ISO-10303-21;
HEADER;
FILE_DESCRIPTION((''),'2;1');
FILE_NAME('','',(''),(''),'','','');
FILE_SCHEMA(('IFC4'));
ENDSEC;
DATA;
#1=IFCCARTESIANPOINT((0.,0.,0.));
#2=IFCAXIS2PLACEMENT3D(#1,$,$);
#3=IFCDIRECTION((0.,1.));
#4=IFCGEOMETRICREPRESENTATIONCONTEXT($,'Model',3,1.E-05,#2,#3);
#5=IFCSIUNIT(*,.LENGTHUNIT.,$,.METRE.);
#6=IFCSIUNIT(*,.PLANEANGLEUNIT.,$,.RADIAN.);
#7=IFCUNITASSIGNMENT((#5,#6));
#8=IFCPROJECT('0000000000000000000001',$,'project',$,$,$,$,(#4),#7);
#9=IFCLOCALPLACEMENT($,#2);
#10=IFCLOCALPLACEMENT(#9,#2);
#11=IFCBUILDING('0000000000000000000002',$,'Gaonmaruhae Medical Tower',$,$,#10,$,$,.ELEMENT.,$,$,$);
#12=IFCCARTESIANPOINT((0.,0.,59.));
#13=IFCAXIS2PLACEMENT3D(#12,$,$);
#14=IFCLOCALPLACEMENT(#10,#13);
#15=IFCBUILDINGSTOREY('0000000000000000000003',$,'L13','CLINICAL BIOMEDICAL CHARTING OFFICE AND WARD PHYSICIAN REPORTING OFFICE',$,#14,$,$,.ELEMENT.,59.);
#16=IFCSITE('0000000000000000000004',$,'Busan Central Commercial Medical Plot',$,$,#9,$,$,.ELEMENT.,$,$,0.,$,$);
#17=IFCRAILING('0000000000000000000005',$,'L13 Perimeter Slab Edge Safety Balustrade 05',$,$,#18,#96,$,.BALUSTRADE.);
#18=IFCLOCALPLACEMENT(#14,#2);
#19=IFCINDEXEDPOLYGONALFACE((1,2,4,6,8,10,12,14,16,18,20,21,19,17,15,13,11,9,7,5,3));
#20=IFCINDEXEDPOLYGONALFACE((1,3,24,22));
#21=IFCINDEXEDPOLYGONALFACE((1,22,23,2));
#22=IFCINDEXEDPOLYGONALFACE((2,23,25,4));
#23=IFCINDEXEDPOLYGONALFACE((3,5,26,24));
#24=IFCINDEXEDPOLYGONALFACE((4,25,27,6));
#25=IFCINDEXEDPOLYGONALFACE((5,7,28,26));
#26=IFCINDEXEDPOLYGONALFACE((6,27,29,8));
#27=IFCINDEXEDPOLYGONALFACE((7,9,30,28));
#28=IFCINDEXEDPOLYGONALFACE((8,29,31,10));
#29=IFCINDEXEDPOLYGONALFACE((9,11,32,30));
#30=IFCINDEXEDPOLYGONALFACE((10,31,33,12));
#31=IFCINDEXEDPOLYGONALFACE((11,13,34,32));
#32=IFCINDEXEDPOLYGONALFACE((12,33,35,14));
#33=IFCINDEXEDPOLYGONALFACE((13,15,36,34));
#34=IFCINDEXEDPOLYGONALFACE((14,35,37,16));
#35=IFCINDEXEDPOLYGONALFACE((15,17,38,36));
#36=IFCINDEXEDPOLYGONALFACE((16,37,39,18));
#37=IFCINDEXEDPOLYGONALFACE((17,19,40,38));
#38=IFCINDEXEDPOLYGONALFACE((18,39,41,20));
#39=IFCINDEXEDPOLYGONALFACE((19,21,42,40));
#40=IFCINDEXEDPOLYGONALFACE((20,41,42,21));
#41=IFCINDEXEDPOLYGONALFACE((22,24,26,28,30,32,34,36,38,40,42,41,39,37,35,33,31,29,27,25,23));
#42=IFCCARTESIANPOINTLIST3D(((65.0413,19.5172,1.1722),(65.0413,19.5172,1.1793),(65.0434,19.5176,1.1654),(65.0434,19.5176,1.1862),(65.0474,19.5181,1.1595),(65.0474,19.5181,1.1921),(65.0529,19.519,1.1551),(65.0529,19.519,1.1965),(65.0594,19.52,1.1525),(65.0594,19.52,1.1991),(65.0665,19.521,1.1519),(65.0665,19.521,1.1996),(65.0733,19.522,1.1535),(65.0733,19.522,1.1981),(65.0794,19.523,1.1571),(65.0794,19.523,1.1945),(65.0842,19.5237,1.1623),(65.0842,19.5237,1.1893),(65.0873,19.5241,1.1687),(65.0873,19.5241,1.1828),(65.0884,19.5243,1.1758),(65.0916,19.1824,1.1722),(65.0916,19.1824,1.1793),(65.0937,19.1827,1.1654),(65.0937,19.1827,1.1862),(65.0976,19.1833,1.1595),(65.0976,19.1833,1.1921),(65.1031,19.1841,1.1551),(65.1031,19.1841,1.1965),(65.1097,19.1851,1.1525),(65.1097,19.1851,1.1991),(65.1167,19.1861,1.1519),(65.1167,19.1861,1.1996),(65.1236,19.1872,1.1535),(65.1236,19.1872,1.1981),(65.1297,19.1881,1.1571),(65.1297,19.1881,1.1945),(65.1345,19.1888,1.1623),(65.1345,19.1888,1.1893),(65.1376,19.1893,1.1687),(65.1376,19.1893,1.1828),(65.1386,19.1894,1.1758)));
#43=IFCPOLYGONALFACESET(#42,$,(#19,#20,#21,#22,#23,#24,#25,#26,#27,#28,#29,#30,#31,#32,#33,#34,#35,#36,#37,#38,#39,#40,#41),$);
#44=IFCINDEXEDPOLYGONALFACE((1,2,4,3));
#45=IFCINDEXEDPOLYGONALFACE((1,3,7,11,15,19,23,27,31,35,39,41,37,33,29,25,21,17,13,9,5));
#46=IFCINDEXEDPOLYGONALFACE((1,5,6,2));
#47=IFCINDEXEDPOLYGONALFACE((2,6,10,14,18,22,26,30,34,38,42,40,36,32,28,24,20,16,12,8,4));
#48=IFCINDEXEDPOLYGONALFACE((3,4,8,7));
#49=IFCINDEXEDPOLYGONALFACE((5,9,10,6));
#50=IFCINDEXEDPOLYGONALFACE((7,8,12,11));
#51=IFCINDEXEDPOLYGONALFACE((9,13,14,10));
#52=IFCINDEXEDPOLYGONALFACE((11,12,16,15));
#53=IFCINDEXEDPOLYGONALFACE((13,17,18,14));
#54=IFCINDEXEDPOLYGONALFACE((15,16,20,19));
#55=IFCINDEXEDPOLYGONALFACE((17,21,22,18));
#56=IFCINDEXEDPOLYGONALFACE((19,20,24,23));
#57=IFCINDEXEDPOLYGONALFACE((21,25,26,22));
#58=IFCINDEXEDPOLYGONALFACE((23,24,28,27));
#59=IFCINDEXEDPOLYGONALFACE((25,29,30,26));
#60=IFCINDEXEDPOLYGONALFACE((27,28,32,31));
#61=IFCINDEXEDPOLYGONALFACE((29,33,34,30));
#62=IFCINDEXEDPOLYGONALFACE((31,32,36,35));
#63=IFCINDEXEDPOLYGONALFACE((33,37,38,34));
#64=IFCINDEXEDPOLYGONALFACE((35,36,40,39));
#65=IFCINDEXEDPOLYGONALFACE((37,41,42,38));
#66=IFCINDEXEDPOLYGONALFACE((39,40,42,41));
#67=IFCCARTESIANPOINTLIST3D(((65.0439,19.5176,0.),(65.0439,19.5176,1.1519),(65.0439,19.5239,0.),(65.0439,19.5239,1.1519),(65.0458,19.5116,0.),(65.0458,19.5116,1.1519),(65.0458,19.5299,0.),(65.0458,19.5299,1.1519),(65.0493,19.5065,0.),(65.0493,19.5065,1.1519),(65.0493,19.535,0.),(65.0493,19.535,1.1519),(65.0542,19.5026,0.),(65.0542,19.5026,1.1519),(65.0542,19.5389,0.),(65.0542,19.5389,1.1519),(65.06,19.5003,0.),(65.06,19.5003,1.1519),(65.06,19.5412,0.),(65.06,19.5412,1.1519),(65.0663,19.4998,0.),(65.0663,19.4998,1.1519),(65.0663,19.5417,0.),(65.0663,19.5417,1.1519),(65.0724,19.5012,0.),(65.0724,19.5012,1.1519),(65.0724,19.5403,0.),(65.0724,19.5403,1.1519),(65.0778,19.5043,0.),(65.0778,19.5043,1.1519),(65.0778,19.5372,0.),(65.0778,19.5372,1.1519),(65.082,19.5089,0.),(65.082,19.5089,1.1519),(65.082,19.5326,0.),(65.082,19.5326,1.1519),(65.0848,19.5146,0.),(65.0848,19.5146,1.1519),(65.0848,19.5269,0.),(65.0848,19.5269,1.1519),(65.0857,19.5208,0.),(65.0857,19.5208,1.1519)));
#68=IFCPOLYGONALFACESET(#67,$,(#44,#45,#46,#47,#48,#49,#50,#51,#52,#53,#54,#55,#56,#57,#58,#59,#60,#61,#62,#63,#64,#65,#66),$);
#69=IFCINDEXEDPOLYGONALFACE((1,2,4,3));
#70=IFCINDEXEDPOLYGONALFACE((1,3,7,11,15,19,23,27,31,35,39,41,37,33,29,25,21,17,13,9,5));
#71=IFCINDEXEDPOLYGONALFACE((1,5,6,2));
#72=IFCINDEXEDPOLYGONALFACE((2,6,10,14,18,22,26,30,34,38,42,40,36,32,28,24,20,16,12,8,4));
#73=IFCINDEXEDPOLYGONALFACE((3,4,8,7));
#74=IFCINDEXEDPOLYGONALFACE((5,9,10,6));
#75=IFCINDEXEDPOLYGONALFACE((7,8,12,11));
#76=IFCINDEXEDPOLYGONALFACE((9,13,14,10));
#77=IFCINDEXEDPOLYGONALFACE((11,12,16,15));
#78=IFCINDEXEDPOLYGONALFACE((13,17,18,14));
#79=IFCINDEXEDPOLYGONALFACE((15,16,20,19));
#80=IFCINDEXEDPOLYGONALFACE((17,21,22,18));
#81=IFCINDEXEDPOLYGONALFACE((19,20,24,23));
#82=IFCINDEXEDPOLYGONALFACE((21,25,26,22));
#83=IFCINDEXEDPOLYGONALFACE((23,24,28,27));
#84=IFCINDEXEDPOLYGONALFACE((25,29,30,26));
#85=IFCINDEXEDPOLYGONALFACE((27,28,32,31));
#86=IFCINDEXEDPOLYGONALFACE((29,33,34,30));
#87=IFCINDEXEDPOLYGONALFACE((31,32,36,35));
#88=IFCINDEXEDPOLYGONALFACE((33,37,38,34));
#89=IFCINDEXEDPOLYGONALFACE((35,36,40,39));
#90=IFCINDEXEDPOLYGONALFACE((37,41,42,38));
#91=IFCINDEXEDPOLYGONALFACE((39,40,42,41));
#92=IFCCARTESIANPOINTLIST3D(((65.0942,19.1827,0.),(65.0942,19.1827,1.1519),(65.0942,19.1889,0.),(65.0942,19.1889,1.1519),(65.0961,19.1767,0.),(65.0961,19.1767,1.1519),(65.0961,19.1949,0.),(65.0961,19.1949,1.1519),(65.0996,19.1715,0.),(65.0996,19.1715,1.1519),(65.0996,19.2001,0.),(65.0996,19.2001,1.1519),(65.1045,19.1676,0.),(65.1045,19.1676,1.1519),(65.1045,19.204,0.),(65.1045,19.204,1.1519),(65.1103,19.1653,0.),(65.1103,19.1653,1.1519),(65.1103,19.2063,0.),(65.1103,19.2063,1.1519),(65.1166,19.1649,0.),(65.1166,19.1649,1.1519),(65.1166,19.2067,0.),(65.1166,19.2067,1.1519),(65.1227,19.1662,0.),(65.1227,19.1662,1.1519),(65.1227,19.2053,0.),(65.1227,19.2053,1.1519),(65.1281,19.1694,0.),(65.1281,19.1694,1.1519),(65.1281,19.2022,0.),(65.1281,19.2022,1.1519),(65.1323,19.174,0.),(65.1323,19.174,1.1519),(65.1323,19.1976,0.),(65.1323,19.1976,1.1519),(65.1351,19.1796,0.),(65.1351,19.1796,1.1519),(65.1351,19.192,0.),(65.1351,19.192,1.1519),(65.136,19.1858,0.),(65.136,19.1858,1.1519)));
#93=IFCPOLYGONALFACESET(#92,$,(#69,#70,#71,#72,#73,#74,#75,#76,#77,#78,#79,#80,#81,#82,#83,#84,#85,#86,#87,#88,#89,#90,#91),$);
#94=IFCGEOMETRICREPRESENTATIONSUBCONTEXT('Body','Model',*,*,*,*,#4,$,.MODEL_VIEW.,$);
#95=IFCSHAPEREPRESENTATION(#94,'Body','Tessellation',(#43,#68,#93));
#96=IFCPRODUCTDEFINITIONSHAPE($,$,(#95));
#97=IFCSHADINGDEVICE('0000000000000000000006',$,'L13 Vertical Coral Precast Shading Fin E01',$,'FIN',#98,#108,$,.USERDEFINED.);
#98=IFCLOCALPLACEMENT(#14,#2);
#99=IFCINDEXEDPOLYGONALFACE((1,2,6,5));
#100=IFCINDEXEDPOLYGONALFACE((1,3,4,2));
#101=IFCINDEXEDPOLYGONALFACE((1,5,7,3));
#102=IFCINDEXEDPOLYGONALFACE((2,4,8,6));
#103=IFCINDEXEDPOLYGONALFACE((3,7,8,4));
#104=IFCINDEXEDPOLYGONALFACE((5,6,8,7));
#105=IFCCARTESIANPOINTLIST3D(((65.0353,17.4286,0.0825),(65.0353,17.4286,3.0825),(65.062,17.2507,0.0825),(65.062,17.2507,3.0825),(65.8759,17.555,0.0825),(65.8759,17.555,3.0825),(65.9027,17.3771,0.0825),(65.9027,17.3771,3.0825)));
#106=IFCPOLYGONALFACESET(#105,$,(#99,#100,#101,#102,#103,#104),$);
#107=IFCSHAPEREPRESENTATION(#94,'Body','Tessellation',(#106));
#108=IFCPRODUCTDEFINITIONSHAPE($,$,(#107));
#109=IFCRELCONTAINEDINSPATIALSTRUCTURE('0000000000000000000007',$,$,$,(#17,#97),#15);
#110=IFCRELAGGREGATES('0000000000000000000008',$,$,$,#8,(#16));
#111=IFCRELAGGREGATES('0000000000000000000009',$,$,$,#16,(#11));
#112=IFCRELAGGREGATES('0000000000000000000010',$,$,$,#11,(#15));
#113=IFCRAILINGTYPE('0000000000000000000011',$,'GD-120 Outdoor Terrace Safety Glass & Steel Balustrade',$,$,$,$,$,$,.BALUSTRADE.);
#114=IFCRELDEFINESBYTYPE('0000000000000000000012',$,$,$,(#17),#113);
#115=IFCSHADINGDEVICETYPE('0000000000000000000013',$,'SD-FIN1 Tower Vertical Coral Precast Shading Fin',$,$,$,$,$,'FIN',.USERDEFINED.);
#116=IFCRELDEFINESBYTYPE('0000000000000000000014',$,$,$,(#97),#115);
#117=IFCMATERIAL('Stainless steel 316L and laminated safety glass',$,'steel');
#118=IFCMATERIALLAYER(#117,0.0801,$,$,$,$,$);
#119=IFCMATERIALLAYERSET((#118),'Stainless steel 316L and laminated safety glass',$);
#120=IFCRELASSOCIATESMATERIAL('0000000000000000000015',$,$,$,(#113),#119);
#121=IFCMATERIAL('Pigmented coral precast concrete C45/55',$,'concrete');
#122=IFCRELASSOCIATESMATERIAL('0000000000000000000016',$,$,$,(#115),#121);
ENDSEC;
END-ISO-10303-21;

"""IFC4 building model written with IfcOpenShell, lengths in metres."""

from ifc_helpers import new_model, si_unit, direction, frame, origin, origin_2d, place, context, subcontext, project, spatial, rectangle, circle, extrude, material, layer, layer_set, type_object, element, save


model = new_model("IFC4")

# Units and contexts
model_context = context("Model", 3, precision=1e-05, world=origin(), true_north=direction((0.0, 1.0)))
body_context = subcontext(model_context, "Body", "Model", "MODEL_VIEW")
ifc_project = project(units=[si_unit("LENGTHUNIT", "METRE"), si_unit("PLANEANGLEUNIT", "RADIAN")], contexts=[model_context])

# Site, building, storey
site_placement = place(None, origin())
site = spatial("IfcSite", under=ifc_project, at=site_placement, Name="Busan Central Commercial Medical Plot", CompositionType="ELEMENT", RefElevation=0.0)
building_placement = place(site_placement, origin())
building = spatial("IfcBuilding", under=site, at=building_placement, Name="Gaonmaruhae Medical Tower", CompositionType="ELEMENT")
storey_placement = place(building_placement, frame((0.0, 0.0, 59.0)))
storey = spatial("IfcBuildingStorey", under=building, at=storey_placement, Name="L13", Description="CLINICAL BIOMEDICAL CHARTING OFFICE AND WARD PHYSICIAN REPORTING OFFICE", CompositionType="ELEMENT", Elevation=59.0)

# Railing
ifc_material_1 = material(Name="Stainless steel 316L and laminated safety glass", Category="steel")
ifc_layer_1 = layer(ifc_material_1, 0.0801)
ifc_layer_set_1 = layer_set([ifc_layer_1], Name="Stainless steel 316L and laminated safety glass")
railing_type = type_object("IfcRailingType", Name="GD-120 Outdoor Terrace Safety Glass & Steel Balustrade", PredefinedType="BALUSTRADE", material=ifc_layer_set_1)
railing_1_placement = place(storey_placement, frame((65.0647, 19.5208, 0.0)))
element("IfcRailing", 1, at=railing_1_placement, inside=storey, type_object=railing_type, Name="L13 Perimeter Slab Edge Safety Balustrade 05", PredefinedType="BALUSTRADE", context=body_context, shape_type="SweptSolid", body=[
    extrude(circle(Radius=0.0239, at=origin_2d()), frame((0.0, 0.0, 1.1758), z_axis=(0.148481, -0.988915, 0.0), x_axis=(0.988915, 0.148481, 0.0)), (0.0, 0.0, 1.0), 0.3386),
    extrude(circle(Radius=0.021, at=origin_2d()), origin(), (0.0, 0.0, 1.0), 1.1519),
    extrude(circle(Radius=0.021, at=origin_2d()), frame((0.0503, -0.335, 0.0)), (0.0, 0.0, 1.0), 1.1519),
])

# Shading device
ifc_material_2 = material(Name="Pigmented coral precast concrete C45/55", Category="concrete")
shading_device_type = type_object("IfcShadingDeviceType", Name="SD-FIN1 Tower Vertical Coral Precast Shading Fin", ElementType="FIN", PredefinedType="USERDEFINED", material=ifc_material_2)
shading_device_placement = place(storey_placement, frame((65.469, 17.4028, 0.0825), z_axis=(0.0, 0.0, 1.0), x_axis=(0.148655, -0.988889, 0.0)))
element("IfcShadingDevice", 2, at=shading_device_placement, inside=storey, type_object=shading_device_type, Name="L13 Vertical Coral Precast Shading Fin E01", ObjectType="FIN", PredefinedType="USERDEFINED", context=body_context, shape_type="SweptSolid", body=[
    extrude(rectangle(XDim=0.1799, YDim=0.8501, at=origin_2d()), origin(), (0.0, 0.0, 1.0), 3.0),
])

save(model, "model.ifc")
